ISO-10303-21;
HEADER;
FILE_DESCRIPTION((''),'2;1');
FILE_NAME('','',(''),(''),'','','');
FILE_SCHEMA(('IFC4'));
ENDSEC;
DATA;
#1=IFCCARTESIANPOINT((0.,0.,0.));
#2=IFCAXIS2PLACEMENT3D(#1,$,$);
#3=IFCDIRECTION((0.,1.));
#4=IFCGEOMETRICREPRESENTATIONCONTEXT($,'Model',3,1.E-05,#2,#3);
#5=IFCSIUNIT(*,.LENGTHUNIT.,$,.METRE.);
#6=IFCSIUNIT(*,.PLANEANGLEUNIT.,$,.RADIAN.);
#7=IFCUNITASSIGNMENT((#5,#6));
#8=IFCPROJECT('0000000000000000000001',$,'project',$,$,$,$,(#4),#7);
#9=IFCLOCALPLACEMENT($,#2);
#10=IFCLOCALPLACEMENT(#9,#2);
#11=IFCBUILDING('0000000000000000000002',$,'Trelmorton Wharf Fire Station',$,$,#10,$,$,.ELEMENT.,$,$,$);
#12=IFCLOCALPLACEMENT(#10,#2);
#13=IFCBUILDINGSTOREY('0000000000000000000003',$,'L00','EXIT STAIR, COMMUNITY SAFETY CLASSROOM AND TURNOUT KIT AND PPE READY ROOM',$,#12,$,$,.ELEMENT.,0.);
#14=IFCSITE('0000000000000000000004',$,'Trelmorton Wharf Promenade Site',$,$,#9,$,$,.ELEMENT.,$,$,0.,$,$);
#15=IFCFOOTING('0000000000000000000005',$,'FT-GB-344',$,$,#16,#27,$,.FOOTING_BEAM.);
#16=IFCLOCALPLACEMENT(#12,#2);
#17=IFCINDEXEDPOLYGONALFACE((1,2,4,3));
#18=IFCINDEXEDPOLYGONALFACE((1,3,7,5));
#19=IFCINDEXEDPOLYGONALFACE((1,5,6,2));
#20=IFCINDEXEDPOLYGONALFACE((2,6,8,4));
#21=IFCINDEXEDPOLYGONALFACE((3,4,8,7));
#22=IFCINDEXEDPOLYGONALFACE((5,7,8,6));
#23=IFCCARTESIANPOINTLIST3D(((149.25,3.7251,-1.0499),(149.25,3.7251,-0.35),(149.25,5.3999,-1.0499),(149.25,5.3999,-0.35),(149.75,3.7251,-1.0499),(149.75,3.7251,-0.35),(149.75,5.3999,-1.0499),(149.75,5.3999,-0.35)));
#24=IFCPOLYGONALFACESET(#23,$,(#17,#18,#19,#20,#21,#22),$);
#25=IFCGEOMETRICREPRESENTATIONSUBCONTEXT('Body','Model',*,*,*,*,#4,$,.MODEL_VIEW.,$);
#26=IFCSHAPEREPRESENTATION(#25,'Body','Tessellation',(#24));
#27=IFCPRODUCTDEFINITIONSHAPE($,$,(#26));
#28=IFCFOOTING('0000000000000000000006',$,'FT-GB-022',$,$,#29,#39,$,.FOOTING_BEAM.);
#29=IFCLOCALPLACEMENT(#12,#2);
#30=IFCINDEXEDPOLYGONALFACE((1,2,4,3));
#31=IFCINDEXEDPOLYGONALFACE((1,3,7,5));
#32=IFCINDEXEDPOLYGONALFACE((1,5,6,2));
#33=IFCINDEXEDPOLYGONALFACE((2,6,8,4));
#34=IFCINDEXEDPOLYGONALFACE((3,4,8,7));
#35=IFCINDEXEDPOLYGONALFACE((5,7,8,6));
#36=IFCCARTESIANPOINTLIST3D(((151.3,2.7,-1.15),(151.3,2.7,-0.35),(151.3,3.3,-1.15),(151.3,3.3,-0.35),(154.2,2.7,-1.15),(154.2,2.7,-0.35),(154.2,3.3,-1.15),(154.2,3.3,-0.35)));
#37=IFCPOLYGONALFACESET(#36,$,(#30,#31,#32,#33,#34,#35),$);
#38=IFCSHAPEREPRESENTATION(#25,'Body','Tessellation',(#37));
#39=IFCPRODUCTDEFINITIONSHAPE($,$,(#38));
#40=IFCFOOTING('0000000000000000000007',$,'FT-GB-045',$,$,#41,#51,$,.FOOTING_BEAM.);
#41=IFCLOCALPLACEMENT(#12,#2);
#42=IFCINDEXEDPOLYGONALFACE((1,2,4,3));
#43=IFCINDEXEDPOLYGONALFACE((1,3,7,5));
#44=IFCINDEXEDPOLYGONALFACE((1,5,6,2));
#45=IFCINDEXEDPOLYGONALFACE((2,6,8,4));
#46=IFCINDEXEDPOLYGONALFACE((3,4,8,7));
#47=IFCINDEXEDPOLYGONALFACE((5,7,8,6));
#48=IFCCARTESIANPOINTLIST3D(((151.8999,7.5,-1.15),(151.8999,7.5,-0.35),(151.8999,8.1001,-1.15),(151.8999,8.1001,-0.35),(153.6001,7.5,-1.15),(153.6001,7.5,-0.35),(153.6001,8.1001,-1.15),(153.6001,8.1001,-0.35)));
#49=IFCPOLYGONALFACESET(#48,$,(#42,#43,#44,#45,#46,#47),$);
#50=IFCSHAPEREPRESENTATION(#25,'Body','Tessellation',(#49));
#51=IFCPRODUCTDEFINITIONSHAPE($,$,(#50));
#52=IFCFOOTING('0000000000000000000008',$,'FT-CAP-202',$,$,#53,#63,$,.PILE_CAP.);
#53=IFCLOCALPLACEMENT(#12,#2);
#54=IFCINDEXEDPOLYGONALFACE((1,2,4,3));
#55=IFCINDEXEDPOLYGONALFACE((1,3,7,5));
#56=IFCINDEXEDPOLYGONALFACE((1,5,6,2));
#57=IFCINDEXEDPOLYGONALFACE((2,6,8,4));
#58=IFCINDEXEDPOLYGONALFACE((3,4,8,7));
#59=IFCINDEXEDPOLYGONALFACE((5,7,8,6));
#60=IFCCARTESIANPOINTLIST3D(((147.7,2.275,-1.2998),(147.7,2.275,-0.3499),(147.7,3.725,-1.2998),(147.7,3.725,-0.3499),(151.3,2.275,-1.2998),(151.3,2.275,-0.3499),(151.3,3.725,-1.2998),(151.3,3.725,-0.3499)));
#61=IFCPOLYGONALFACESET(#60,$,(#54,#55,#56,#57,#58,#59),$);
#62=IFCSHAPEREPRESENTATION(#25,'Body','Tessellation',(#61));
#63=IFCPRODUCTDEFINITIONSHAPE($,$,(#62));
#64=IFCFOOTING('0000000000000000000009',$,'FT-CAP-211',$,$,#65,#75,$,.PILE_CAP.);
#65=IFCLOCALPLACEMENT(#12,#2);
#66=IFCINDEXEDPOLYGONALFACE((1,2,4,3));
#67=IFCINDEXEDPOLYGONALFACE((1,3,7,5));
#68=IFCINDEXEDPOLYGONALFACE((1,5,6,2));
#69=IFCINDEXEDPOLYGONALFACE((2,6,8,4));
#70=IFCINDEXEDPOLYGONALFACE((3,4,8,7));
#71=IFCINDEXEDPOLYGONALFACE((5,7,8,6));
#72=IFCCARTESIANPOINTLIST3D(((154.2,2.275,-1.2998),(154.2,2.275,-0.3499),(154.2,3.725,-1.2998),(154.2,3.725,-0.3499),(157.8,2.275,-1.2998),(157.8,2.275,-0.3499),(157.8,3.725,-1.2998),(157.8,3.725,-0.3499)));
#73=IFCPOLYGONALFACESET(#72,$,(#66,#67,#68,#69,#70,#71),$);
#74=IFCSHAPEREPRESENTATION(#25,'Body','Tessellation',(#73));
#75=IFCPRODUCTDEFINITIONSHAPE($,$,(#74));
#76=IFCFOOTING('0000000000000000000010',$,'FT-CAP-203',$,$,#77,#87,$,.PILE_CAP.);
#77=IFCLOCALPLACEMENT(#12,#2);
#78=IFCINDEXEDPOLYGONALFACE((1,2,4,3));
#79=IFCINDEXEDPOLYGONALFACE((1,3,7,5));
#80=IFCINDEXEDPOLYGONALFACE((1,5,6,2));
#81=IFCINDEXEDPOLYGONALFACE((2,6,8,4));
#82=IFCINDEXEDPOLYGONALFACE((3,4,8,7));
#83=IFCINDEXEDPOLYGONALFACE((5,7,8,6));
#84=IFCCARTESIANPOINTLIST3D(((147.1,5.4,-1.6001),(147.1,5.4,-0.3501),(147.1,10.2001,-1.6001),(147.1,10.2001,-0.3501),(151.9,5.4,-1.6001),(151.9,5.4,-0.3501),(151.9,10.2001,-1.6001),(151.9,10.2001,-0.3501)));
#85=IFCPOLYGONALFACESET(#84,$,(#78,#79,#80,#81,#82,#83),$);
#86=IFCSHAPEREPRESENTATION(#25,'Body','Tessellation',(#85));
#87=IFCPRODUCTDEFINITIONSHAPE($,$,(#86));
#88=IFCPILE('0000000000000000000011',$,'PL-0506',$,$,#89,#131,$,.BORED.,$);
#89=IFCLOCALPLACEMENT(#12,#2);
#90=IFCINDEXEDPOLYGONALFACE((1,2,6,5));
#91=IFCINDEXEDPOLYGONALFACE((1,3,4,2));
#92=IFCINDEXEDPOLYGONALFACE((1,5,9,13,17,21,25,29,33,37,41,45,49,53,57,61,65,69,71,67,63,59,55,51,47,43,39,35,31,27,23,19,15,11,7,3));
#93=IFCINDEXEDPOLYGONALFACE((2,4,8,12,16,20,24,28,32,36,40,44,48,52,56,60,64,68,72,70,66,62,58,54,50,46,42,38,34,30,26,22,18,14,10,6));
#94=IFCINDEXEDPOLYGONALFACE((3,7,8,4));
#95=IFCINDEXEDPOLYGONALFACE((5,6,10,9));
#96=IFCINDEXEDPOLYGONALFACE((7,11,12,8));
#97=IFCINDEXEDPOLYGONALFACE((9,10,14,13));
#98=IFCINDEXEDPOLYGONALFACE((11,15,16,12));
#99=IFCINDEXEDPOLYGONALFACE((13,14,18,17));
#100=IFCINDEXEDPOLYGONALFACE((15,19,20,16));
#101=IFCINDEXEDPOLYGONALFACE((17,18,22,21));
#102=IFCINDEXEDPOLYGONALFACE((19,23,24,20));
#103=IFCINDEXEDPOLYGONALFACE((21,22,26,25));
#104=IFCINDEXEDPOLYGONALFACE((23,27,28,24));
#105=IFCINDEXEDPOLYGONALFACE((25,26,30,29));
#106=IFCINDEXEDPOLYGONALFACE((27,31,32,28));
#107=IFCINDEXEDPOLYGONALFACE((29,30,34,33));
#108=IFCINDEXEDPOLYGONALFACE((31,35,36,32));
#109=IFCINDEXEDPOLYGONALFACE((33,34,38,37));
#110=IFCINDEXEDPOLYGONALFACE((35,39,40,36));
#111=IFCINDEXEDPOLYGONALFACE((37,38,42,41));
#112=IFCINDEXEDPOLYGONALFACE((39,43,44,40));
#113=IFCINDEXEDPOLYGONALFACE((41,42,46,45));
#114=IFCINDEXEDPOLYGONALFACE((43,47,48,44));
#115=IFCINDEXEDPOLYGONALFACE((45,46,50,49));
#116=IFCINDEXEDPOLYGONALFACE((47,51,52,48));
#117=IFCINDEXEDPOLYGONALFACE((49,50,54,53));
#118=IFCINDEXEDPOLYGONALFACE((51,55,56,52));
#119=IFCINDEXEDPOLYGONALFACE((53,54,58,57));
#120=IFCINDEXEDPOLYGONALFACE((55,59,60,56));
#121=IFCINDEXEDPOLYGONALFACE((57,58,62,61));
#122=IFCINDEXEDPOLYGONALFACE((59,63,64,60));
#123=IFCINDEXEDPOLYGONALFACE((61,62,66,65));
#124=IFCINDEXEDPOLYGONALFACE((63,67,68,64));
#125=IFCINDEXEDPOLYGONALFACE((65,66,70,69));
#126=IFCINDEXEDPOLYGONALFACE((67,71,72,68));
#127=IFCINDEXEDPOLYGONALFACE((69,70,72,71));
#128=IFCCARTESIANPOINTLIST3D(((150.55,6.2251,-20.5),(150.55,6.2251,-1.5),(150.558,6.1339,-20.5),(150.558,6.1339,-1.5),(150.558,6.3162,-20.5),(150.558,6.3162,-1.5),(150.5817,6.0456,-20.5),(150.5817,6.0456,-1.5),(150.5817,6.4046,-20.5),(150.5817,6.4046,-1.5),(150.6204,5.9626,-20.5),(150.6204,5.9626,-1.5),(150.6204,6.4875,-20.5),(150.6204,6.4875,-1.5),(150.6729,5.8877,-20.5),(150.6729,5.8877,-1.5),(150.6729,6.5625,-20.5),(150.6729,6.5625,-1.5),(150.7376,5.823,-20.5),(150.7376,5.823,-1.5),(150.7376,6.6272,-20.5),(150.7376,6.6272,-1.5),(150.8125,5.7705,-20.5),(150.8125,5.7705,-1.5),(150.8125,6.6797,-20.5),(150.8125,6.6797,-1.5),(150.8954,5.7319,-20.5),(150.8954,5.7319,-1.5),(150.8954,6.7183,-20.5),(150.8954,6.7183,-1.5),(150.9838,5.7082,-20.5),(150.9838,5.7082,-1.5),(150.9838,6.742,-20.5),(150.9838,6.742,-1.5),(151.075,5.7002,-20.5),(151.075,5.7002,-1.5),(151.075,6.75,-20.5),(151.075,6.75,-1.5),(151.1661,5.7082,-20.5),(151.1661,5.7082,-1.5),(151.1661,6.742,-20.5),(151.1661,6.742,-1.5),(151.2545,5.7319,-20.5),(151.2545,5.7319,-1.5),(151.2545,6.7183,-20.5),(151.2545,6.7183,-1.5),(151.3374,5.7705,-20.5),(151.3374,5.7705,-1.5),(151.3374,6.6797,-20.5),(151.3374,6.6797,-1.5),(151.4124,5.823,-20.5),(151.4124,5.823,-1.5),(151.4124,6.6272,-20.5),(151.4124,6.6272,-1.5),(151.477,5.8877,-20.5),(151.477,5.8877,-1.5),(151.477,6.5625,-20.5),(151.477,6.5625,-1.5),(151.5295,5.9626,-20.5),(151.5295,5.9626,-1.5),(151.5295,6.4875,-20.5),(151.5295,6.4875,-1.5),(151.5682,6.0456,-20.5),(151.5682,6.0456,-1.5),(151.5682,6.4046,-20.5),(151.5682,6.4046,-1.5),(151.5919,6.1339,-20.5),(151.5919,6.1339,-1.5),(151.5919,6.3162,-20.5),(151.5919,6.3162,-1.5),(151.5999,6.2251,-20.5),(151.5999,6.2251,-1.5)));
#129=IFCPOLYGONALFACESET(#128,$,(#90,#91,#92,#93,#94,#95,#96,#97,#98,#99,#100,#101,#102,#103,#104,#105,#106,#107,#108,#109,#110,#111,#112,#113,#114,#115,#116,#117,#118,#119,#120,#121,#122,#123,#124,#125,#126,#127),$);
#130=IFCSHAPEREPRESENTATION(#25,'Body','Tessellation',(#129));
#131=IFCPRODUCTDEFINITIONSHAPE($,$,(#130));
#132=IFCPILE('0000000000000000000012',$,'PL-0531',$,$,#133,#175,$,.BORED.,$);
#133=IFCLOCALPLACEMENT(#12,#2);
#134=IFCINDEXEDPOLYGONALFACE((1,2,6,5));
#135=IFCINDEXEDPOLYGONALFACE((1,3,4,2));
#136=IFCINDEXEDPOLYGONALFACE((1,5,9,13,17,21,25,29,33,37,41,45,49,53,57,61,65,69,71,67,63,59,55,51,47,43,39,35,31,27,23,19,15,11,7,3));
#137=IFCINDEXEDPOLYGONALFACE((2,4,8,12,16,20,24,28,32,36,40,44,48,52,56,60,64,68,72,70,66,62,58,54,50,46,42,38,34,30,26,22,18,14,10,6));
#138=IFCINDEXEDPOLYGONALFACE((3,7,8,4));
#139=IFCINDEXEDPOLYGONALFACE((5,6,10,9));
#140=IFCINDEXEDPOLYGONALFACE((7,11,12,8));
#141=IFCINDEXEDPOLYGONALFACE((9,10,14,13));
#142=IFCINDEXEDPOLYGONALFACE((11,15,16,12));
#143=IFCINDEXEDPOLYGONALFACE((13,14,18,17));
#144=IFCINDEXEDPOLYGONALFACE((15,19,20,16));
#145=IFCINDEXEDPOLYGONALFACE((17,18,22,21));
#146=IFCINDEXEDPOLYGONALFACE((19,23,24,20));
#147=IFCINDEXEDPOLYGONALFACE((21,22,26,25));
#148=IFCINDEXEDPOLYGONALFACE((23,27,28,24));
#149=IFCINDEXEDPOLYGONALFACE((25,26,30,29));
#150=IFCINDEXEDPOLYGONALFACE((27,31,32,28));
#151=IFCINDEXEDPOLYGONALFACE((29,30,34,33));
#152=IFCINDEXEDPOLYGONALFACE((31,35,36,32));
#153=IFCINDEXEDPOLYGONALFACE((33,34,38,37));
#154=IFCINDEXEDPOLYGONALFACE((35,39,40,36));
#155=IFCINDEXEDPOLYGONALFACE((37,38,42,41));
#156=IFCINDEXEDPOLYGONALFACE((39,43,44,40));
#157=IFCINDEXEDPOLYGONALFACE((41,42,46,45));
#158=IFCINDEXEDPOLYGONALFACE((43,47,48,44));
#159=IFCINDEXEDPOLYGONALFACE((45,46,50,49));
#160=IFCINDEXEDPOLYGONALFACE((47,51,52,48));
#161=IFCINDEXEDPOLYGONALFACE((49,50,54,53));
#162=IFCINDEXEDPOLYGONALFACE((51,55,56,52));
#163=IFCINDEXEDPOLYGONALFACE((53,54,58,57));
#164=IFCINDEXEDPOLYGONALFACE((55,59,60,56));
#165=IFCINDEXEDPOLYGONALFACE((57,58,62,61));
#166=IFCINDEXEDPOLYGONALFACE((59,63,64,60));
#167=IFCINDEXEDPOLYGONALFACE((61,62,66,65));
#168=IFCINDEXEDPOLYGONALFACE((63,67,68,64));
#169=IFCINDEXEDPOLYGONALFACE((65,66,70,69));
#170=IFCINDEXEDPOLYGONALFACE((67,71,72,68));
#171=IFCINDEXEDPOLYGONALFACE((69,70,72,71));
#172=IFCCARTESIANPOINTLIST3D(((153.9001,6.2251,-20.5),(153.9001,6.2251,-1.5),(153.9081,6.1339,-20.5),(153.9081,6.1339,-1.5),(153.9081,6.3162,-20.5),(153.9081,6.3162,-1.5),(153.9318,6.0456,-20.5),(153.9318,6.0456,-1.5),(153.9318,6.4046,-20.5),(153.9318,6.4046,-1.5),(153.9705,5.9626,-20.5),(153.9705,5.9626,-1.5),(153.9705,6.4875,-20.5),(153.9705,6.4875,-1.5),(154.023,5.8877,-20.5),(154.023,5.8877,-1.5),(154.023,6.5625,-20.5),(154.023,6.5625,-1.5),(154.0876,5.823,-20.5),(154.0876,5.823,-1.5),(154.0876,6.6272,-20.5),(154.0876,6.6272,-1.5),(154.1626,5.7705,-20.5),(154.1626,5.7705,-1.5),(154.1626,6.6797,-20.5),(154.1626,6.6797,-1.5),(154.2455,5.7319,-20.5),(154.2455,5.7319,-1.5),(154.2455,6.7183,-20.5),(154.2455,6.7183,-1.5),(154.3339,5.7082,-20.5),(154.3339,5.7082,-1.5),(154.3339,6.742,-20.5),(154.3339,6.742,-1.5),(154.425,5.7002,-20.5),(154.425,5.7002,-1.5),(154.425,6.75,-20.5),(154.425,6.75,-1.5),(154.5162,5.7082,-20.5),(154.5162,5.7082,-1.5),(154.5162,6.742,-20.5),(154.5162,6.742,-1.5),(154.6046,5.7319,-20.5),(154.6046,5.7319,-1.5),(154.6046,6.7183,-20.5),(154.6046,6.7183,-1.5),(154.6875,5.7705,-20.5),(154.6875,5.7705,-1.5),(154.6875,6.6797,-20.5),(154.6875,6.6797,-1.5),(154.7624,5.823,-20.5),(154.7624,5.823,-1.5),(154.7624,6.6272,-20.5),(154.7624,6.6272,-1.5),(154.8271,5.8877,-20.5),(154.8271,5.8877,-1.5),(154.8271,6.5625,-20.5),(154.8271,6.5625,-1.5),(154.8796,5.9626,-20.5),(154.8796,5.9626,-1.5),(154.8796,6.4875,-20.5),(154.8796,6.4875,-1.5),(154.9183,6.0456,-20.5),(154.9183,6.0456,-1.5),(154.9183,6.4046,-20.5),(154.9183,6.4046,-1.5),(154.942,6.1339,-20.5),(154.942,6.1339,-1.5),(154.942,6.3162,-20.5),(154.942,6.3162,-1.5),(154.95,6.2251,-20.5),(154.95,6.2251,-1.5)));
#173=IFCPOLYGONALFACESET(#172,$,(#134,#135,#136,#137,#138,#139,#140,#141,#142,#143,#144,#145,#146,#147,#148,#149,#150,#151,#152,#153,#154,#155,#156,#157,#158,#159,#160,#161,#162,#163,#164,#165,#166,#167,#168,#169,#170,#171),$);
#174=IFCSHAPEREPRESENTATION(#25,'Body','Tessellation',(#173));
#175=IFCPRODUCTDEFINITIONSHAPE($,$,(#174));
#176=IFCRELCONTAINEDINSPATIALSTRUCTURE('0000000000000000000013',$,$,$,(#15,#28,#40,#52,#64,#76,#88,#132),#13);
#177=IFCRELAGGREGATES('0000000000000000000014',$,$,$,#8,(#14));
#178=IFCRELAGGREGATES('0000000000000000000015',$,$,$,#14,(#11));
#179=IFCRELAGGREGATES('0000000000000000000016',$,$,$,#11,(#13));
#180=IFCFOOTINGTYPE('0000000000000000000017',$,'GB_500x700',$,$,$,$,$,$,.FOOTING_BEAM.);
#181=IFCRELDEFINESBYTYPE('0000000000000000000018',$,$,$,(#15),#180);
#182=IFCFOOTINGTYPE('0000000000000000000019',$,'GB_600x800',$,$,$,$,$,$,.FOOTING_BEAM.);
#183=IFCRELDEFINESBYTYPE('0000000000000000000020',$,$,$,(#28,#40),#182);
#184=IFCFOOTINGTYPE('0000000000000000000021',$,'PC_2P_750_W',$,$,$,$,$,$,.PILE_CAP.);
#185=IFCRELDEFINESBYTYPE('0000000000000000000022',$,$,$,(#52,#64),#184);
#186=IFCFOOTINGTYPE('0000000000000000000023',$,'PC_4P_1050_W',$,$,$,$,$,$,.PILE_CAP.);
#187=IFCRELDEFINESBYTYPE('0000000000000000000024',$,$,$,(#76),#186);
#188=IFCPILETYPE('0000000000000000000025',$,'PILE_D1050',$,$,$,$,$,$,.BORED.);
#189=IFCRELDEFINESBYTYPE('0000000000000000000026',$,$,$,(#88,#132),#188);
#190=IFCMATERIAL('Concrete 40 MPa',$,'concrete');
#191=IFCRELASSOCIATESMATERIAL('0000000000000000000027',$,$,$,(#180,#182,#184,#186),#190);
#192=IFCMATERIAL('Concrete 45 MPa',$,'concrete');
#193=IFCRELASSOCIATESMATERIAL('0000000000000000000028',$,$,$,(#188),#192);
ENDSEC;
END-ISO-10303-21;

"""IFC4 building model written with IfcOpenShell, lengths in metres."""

from ifc_helpers import new_model, si_unit, direction, frame, origin, origin_2d, place, context, subcontext, project, spatial, rectangle, circle, extrude, material, material_profile, profile_set, type_object, element, save


model = new_model("IFC4")

# Units and contexts
model_context = context("Model", 3, precision=1e-05, world=origin(), true_north=direction((0.0, 1.0)))
body_context = subcontext(model_context, "Body", "Model", "MODEL_VIEW")
ifc_project = project(units=[si_unit("LENGTHUNIT", "METRE"), si_unit("PLANEANGLEUNIT", "RADIAN")], contexts=[model_context])

# Site, building, storey
site_placement = place(None, origin())
site = spatial("IfcSite", under=ifc_project, at=site_placement, Name="Trelmorton Wharf Promenade Site", CompositionType="ELEMENT", RefElevation=0.0)
building_placement = place(site_placement, origin())
building = spatial("IfcBuilding", under=site, at=building_placement, Name="Trelmorton Wharf Fire Station", CompositionType="ELEMENT")
storey_placement = place(building_placement, origin())
storey = spatial("IfcBuildingStorey", under=building, at=storey_placement, Name="L00", Description="EXIT STAIR, COMMUNITY SAFETY CLASSROOM AND TURNOUT KIT AND PPE READY ROOM", CompositionType="ELEMENT", Elevation=0.0)

# Footings
ifc_material_1 = material(Name="Concrete 40 MPa", Category="concrete")
ifc_material_profile_1 = material_profile(ifc_material_1, rectangle(XDim=0.5, YDim=0.7, at=origin_2d()), Name="RC500x700")
ifc_profile_set_1 = profile_set([ifc_material_profile_1], Name="Concrete 40 MPa")
footing_type_1 = type_object("IfcFootingType", Name="GB_500x700", PredefinedType="FOOTING_BEAM", material=ifc_profile_set_1)
footing_1_placement = place(storey_placement, frame((149.5, 3.7251, -0.7), z_axis=(0.0, 1.0, 0.0), x_axis=(-1.0, 0.0, 0.0)))
element("IfcFooting", 1, at=footing_1_placement, inside=storey, type_object=footing_type_1, Name="FT-GB-344", PredefinedType="FOOTING_BEAM", context=body_context, shape_type="SweptSolid", body=[
    extrude(rectangle(XDim=0.5, YDim=0.7, at=origin_2d()), origin(), (0.0, 0.0, 1.0), 1.6748),
])
ifc_material_profile_2 = material_profile(ifc_material_1, rectangle(XDim=0.6001, YDim=0.8, at=origin_2d()), Name="RC600x800")
ifc_profile_set_2 = profile_set([ifc_material_profile_2], Name="Concrete 40 MPa")
footing_type_2 = type_object("IfcFootingType", Name="GB_600x800", PredefinedType="FOOTING_BEAM", material=ifc_profile_set_2)
footing_2_placement = place(storey_placement, frame((151.3, 3.0, -0.75), z_axis=(1.0, 0.0, 0.0), x_axis=(0.0, 1.0, 0.0)))
element("IfcFooting", 2, at=footing_2_placement, inside=storey, type_object=footing_type_2, Name="FT-GB-022", PredefinedType="FOOTING_BEAM", context=body_context, shape_type="SweptSolid", body=[
    extrude(rectangle(XDim=0.6001, YDim=0.8, at=origin_2d()), origin(), (0.0, 0.0, 1.0), 2.8999),
])
footing_3_placement = place(storey_placement, frame((151.8999, 7.8, -0.75), z_axis=(1.0, 0.0, 0.0), x_axis=(0.0, 1.0, 0.0)))
element("IfcFooting", 3, at=footing_3_placement, inside=storey, type_object=footing_type_2, Name="FT-GB-045", PredefinedType="FOOTING_BEAM", context=body_context, shape_type="SweptSolid", body=[
    extrude(rectangle(XDim=0.6001, YDim=0.8, at=origin_2d()), origin(), (0.0, 0.0, 1.0), 1.7002),
])
footing_type_3 = type_object("IfcFootingType", Name="PC_2P_750_W", PredefinedType="PILE_CAP", material=ifc_material_1)
for number, where, z_axis, x_axis, name in (
    (4, (149.5, 3.0, -1.2998), (0.0, 0.0, 1.0), (1.0, 0.0, 0.0), "FT-CAP-202"),
    (5, (156.0, 3.0, -1.2998), (0.0, 0.0, 1.0), (1.0, 0.0, 0.0), "FT-CAP-211"),
):
    element("IfcFooting", number, at=place(storey_placement, frame(where, z_axis=z_axis, x_axis=x_axis)), inside=storey, type_object=footing_type_3, Name=name, PredefinedType="PILE_CAP", context=body_context, shape_type="SweptSolid", body=[
        extrude(rectangle(XDim=3.6001, YDim=1.45, at=origin_2d()), origin(), (0.0, 0.0, 1.0), 0.95),
    ])
footing_type_4 = type_object("IfcFootingType", Name="PC_4P_1050_W", PredefinedType="PILE_CAP", material=ifc_material_1)
footing_4_placement = place(storey_placement, frame((149.5, 7.8, -1.6001), z_axis=(0.0, 0.0, 1.0), x_axis=(1.0, 0.0, 0.0)))
element("IfcFooting", 6, at=footing_4_placement, inside=storey, type_object=footing_type_4, Name="FT-CAP-203", PredefinedType="PILE_CAP", context=body_context, shape_type="SweptSolid", body=[
    extrude(rectangle(XDim=4.8, YDim=4.8, at=origin_2d()), origin(), (0.0, 0.0, 1.0), 1.25),
])

# Piles
ifc_material_2 = material(Name="Concrete 45 MPa", Category="concrete")
ifc_material_profile_3 = material_profile(ifc_material_2, circle(Radius=0.5249, at=origin_2d()), Name="PILE-D1050")
ifc_profile_set_3 = profile_set([ifc_material_profile_3], Name="Concrete 45 MPa")
pile_type_1 = type_object("IfcPileType", Name="PILE_D1050", PredefinedType="BORED", material=ifc_profile_set_3)
for number, where, z_axis, x_axis, name in (
    (7, (151.075, 6.2251, -1.5), (0.0, 0.0, -1.0), (1.0, 0.0, 0.0), "PL-0506"),
    (8, (154.425, 6.2251, -1.5), (0.0, 0.0, -1.0), (1.0, 0.0, 0.0), "PL-0531"),
):
    element("IfcPile", number, at=place(storey_placement, frame(where, z_axis=z_axis, x_axis=x_axis)), inside=storey, type_object=pile_type_1, Name=name, PredefinedType="BORED", context=body_context, shape_type="SweptSolid", body=[
        extrude(circle(Radius=0.5249, at=origin_2d()), origin(), (0.0, 0.0, 1.0), 19.0),
    ])

save(model, "model.ifc")
